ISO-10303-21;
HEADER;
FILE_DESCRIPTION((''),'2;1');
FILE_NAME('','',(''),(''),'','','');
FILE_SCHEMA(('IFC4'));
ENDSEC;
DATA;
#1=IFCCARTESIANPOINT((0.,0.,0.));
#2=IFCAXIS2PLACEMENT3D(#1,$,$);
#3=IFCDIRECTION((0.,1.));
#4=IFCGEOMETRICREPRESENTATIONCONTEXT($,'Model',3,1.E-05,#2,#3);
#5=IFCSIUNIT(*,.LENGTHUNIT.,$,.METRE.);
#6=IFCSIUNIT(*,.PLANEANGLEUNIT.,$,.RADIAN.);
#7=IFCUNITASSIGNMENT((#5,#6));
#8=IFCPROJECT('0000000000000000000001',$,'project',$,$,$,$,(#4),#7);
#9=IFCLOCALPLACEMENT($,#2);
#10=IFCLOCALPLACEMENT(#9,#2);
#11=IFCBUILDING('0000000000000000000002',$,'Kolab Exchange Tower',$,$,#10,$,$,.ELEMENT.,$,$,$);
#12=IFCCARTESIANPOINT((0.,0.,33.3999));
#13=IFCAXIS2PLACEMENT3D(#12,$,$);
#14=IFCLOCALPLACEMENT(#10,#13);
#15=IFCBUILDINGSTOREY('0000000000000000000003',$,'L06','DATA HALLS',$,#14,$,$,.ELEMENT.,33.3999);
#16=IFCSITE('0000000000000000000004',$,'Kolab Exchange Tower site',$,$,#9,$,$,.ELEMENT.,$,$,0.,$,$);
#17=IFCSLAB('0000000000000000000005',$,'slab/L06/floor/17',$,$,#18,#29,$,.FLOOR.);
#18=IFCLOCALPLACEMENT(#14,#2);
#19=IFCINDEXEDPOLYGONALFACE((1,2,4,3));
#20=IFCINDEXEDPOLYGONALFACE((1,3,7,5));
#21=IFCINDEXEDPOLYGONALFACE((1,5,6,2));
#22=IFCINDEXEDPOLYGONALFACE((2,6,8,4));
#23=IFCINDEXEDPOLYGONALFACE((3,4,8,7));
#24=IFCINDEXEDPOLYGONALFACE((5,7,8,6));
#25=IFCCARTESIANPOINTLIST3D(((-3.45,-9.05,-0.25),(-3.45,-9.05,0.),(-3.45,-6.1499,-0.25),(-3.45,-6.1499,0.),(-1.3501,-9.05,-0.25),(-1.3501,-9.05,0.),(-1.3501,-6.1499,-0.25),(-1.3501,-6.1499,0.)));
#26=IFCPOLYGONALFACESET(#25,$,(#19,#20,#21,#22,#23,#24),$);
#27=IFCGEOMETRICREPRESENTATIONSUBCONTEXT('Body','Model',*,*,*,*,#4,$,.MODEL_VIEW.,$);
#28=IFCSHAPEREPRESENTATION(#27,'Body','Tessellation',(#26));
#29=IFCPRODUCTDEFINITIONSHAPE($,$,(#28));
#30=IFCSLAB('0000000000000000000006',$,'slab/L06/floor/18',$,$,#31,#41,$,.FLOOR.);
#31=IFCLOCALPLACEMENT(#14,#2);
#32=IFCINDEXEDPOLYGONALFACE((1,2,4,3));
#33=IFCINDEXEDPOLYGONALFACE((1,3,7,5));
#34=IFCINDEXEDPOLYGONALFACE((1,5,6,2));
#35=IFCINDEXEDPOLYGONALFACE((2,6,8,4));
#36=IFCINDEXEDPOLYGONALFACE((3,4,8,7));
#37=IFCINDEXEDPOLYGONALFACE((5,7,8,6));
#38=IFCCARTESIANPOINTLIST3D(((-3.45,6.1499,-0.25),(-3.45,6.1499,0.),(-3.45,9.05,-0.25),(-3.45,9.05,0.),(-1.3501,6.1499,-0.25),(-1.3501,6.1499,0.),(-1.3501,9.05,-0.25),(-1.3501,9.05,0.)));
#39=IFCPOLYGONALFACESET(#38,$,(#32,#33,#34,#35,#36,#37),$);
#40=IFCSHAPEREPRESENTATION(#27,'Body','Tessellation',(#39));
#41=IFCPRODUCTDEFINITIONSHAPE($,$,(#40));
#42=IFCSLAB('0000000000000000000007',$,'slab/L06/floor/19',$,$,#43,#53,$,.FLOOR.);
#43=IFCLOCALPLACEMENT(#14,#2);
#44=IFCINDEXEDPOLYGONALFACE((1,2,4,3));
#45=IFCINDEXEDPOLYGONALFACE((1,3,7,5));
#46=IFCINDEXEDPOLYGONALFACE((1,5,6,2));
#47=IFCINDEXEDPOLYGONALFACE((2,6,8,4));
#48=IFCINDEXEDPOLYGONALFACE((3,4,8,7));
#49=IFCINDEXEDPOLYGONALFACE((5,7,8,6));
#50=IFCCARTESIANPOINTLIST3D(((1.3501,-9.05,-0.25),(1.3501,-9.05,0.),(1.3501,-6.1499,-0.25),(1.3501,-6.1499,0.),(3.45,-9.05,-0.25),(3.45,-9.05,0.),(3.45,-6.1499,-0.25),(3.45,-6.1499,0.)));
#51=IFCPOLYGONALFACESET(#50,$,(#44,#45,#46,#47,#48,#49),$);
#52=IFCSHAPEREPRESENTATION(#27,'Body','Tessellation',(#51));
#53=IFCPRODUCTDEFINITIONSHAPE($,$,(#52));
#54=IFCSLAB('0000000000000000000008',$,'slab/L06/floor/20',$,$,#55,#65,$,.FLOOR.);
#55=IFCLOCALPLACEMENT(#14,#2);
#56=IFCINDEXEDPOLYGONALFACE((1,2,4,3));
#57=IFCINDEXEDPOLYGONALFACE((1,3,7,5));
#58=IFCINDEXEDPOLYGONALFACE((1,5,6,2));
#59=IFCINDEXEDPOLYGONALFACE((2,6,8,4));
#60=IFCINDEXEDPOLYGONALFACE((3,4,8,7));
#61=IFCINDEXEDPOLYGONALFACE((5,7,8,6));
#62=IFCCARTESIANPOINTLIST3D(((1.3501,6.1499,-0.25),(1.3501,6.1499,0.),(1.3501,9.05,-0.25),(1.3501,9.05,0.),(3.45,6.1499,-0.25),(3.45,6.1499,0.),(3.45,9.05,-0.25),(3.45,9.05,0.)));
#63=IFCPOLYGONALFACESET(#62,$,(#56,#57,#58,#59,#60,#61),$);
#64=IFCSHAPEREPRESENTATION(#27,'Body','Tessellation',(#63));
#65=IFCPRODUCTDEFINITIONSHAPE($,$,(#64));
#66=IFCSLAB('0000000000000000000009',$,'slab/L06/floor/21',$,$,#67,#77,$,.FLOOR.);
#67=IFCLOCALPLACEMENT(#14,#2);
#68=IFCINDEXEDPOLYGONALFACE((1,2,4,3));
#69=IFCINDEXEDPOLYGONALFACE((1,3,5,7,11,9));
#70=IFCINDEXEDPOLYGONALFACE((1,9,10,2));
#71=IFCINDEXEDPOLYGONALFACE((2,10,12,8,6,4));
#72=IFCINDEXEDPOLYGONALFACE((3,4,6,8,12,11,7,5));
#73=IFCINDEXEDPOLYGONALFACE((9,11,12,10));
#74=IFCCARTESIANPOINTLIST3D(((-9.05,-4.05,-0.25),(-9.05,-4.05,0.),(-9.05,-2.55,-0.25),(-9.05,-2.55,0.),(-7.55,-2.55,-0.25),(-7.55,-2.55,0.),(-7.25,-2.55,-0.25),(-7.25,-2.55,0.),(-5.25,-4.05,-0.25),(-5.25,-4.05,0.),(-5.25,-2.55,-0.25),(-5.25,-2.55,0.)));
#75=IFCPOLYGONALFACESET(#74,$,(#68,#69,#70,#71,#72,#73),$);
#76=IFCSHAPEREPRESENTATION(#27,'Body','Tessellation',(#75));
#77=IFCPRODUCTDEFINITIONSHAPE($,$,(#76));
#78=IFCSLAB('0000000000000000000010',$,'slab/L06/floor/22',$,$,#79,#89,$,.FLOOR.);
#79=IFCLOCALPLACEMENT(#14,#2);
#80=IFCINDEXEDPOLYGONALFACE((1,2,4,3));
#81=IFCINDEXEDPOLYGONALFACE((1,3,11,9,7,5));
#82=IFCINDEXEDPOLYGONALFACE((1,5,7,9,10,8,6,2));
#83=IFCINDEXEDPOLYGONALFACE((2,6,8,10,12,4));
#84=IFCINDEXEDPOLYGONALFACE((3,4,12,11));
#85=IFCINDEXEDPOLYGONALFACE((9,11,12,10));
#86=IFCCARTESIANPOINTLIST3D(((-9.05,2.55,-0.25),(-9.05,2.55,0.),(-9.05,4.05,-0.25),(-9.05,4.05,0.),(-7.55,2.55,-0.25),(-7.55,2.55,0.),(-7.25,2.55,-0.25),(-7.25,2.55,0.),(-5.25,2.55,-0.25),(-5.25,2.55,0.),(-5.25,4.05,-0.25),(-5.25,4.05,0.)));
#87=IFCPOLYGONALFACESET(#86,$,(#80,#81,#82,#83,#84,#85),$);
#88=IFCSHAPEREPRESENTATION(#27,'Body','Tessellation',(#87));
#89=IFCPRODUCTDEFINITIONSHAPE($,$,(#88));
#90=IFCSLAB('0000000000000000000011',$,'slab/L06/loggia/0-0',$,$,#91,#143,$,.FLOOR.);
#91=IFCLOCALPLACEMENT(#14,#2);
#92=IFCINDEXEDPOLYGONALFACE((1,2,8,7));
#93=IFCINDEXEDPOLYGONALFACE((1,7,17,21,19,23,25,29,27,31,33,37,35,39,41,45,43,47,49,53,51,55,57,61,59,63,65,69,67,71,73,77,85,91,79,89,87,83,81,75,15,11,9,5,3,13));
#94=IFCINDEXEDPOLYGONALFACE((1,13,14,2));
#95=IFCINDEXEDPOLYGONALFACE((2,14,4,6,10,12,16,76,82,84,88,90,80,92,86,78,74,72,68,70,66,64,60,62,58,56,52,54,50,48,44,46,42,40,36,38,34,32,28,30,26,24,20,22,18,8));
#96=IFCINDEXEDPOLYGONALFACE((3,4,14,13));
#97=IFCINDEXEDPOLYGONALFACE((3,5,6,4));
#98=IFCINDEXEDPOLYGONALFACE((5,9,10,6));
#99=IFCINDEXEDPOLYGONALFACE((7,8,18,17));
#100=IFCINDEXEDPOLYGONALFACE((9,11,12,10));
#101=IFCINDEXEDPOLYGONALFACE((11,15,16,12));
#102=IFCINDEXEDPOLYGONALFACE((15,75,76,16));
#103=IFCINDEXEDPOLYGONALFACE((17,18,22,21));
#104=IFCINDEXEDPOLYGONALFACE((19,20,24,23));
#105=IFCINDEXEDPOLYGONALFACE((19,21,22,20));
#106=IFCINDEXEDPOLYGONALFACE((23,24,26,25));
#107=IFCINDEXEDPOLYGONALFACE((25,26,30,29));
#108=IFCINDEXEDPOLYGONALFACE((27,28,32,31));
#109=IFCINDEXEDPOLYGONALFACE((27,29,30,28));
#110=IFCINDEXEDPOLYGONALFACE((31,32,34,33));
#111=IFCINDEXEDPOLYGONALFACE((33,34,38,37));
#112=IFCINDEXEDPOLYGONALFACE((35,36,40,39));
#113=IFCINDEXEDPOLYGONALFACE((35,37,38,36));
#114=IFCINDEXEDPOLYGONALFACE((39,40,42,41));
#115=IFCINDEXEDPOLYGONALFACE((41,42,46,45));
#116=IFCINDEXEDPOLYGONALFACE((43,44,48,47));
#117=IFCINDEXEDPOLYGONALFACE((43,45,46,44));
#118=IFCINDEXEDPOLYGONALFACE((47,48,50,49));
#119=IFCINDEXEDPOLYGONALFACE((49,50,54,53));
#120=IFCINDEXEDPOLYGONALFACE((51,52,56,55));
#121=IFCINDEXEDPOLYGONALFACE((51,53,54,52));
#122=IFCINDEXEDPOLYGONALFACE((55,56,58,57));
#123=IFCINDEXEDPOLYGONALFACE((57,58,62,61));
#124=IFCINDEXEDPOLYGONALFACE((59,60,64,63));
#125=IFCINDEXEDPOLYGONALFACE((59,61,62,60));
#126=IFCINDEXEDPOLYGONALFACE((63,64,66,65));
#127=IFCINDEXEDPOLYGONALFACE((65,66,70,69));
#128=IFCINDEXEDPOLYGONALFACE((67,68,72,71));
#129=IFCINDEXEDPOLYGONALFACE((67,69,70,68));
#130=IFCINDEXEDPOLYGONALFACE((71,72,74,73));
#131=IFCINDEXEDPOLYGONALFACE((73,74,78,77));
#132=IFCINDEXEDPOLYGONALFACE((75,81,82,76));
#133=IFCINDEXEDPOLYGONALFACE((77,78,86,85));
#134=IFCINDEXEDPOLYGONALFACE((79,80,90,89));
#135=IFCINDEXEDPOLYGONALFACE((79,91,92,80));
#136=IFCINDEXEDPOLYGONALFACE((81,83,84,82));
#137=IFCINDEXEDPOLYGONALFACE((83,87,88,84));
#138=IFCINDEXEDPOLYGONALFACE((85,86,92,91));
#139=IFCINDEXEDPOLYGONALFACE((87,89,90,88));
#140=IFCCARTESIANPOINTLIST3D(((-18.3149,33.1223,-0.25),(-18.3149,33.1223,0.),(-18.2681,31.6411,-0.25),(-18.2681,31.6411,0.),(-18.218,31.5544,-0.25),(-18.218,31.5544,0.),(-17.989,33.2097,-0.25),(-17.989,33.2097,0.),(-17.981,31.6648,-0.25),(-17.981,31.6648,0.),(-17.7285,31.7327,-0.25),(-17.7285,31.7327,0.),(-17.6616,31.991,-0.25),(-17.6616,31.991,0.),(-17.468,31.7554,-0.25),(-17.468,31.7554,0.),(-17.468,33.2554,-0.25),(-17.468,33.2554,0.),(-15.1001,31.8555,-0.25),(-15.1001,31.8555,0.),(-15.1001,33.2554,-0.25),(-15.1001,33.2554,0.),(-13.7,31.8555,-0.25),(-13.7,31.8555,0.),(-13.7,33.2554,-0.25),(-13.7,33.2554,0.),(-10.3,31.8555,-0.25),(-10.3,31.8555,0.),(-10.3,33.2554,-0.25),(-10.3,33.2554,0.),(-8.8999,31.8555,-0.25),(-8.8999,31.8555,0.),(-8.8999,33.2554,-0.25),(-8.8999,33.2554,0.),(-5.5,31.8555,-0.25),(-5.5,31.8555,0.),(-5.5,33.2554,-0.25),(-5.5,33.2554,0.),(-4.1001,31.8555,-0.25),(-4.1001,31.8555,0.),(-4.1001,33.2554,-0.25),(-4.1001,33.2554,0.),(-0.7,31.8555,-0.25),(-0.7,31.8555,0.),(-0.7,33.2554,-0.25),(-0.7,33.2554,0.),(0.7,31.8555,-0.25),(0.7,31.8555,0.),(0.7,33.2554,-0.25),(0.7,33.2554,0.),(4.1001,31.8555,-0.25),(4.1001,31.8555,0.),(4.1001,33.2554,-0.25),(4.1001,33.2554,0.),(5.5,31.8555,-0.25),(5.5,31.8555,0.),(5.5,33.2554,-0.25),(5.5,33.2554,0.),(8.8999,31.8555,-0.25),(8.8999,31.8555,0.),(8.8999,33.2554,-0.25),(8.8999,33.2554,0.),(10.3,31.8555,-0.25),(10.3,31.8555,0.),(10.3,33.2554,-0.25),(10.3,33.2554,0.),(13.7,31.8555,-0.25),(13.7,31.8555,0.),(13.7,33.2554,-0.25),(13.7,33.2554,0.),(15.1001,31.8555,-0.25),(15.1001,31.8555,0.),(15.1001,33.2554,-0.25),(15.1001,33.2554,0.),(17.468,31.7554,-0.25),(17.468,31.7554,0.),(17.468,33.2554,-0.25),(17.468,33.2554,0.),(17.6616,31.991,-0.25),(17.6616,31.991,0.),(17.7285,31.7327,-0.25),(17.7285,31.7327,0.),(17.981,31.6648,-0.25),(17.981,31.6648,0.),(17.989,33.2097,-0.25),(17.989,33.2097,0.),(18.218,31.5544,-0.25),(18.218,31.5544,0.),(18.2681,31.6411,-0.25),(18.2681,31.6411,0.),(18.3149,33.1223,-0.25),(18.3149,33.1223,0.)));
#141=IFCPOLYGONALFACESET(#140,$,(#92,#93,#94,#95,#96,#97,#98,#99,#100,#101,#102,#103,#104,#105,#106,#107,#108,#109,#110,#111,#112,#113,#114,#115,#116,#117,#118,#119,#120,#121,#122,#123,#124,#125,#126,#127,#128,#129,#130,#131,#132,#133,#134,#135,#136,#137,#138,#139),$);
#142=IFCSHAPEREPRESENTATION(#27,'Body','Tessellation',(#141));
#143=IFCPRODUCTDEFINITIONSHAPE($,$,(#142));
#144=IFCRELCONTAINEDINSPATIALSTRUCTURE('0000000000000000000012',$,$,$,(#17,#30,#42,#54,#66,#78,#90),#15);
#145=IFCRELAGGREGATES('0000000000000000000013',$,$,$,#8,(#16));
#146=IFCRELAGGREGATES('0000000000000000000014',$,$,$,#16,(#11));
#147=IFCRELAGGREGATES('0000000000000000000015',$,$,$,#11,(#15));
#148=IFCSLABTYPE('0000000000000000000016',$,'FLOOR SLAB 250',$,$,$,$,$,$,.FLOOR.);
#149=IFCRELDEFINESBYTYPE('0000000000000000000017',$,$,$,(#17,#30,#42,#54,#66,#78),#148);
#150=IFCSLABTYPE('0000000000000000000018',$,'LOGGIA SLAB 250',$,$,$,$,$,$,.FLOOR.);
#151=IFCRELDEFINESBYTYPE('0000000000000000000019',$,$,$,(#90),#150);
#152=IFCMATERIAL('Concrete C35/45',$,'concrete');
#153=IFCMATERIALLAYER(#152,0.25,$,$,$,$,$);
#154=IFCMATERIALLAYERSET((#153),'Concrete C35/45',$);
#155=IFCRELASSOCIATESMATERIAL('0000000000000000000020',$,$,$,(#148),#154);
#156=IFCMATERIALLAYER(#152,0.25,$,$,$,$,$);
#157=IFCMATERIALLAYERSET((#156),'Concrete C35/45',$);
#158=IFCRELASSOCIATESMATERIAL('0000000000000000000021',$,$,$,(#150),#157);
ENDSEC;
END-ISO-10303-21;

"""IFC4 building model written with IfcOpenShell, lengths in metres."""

from ifc_helpers import new_model, si_unit, direction, frame, origin, place, context, subcontext, project, spatial, polyline, outline, extrude, material, layer, layer_set, type_object, element, save


model = new_model("IFC4")

# Units and contexts
model_context = context("Model", 3, precision=1e-05, world=origin(), true_north=direction((0.0, 1.0)))
body_context = subcontext(model_context, "Body", "Model", "MODEL_VIEW")
ifc_project = project(units=[si_unit("LENGTHUNIT", "METRE"), si_unit("PLANEANGLEUNIT", "RADIAN")], contexts=[model_context])

# Site, building, storey
site_placement = place(None, origin())
site = spatial("IfcSite", under=ifc_project, at=site_placement, Name="Kolab Exchange Tower site", CompositionType="ELEMENT", RefElevation=0.0)
building_placement = place(site_placement, origin())
building = spatial("IfcBuilding", under=site, at=building_placement, Name="Kolab Exchange Tower", CompositionType="ELEMENT")
storey_placement = place(building_placement, frame((0.0, 0.0, 33.3999)))
storey = spatial("IfcBuildingStorey", under=building, at=storey_placement, Name="L06", Description="DATA HALLS", CompositionType="ELEMENT", Elevation=33.3999)

# Slabs
ifc_material_1 = material(Name="Concrete C35/45", Category="concrete")
ifc_layer_1 = layer(ifc_material_1, 0.25)
ifc_layer_set_1 = layer_set([ifc_layer_1], Name="Concrete C35/45")
slab_type_1 = type_object("IfcSlabType", Name="FLOOR SLAB 250", PredefinedType="FLOOR", material=ifc_layer_set_1)
slab_1_placement = place(storey_placement, frame((0.0, 0.0, -0.25)))
element("IfcSlab", 1, at=slab_1_placement, inside=storey, type_object=slab_type_1, Name="slab/L06/floor/17", PredefinedType="FLOOR", context=body_context, shape_type="SweptSolid", body=[
    extrude(outline(polyline([(-1.3501, -6.1499), (-3.45, -6.1499), (-3.45, -9.05), (-1.3501, -9.05), (-1.3501, -6.1499)])), origin(), (0.0, 0.0, 1.0), 0.25),
])
slab_2_placement = place(storey_placement, frame((0.0, 0.0, -0.25)))
element("IfcSlab", 2, at=slab_2_placement, inside=storey, type_object=slab_type_1, Name="slab/L06/floor/18", PredefinedType="FLOOR", context=body_context, shape_type="SweptSolid", body=[
    extrude(outline(polyline([(-1.3501, 6.1499), (-1.3501, 9.05), (-3.45, 9.05), (-3.45, 6.1499), (-1.3501, 6.1499)])), origin(), (0.0, 0.0, 1.0), 0.25),
])
slab_3_placement = place(storey_placement, frame((0.0, 0.0, -0.25)))
element("IfcSlab", 3, at=slab_3_placement, inside=storey, type_object=slab_type_1, Name="slab/L06/floor/19", PredefinedType="FLOOR", context=body_context, shape_type="SweptSolid", body=[
    extrude(outline(polyline([(1.3501, -6.1499), (1.3501, -9.05), (3.45, -9.05), (3.45, -6.1499), (1.3501, -6.1499)])), origin(), (0.0, 0.0, 1.0), 0.25),
])
slab_4_placement = place(storey_placement, frame((0.0, 0.0, -0.25)))
element("IfcSlab", 4, at=slab_4_placement, inside=storey, type_object=slab_type_1, Name="slab/L06/floor/20", PredefinedType="FLOOR", context=body_context, shape_type="SweptSolid", body=[
    extrude(outline(polyline([(1.3501, 6.1499), (3.45, 6.1499), (3.45, 9.05), (1.3501, 9.05), (1.3501, 6.1499)])), origin(), (0.0, 0.0, 1.0), 0.25),
])
slab_5_placement = place(storey_placement, frame((0.0, 0.0, -0.25)))
element("IfcSlab", 5, at=slab_5_placement, inside=storey, type_object=slab_type_1, Name="slab/L06/floor/21", PredefinedType="FLOOR", context=body_context, shape_type="SweptSolid", body=[
    extrude(outline(polyline([(-9.05, -4.05), (-5.25, -4.05), (-5.25, -2.55), (-7.25, -2.55), (-7.55, -2.55), (-9.05, -2.55), (-9.05, -4.05)])), origin(), (0.0, 0.0, 1.0), 0.25),
])
slab_6_placement = place(storey_placement, frame((0.0, 0.0, -0.25)))
element("IfcSlab", 6, at=slab_6_placement, inside=storey, type_object=slab_type_1, Name="slab/L06/floor/22", PredefinedType="FLOOR", context=body_context, shape_type="SweptSolid", body=[
    extrude(outline(polyline([(-5.25, 4.05), (-9.05, 4.05), (-9.05, 2.55), (-7.55, 2.55), (-7.25, 2.55), (-5.25, 2.55), (-5.25, 4.05)])), origin(), (0.0, 0.0, 1.0), 0.25),
])
ifc_layer_2 = layer(ifc_material_1, 0.25)
ifc_layer_set_2 = layer_set([ifc_layer_2], Name="Concrete C35/45")
slab_type_2 = type_object("IfcSlabType", Name="LOGGIA SLAB 250", PredefinedType="FLOOR", material=ifc_layer_set_2)
slab_7_placement = place(storey_placement, frame((0.0, 0.0, -0.25)))
element("IfcSlab", 7, at=slab_7_placement, inside=storey, type_object=slab_type_2, Name="slab/L06/loggia/0-0", PredefinedType="FLOOR", context=body_context, shape_type="SweptSolid", body=[
    extrude(outline(polyline([(18.218, 31.5544), (18.2681, 31.6411), (17.6616, 31.991), (18.3149, 33.1223), (17.989, 33.2097), (17.468, 33.2554), (15.1001, 33.2554), (15.1001, 31.8555), (13.7, 31.8555), (13.7, 33.2554), (10.3, 33.2554), (10.3, 31.8555), (8.8999, 31.8555), (8.8999, 33.2554), (5.5, 33.2554), (5.5, 31.8555), (4.1001, 31.8555), (4.1001, 33.2554), (0.7, 33.2554), (0.7, 31.8555), (-0.7, 31.8555), (-0.7, 33.2554), (-4.1001, 33.2554), (-4.1001, 31.8555), (-5.5, 31.8555), (-5.5, 33.2554), (-8.8999, 33.2554), (-8.8999, 31.8555), (-10.3, 31.8555), (-10.3, 33.2554), (-13.7, 33.2554), (-13.7, 31.8555), (-15.1001, 31.8555), (-15.1001, 33.2554), (-17.468, 33.2554), (-17.989, 33.2097), (-18.3149, 33.1223), (-17.6616, 31.991), (-18.2681, 31.6411), (-18.218, 31.5544), (-17.981, 31.6648), (-17.7285, 31.7327), (-17.468, 31.7554), (17.468, 31.7554), (17.7285, 31.7327), (17.981, 31.6648), (18.218, 31.5544)])), origin(), (0.0, 0.0, 1.0), 0.25),
])

save(model, "model.ifc")
